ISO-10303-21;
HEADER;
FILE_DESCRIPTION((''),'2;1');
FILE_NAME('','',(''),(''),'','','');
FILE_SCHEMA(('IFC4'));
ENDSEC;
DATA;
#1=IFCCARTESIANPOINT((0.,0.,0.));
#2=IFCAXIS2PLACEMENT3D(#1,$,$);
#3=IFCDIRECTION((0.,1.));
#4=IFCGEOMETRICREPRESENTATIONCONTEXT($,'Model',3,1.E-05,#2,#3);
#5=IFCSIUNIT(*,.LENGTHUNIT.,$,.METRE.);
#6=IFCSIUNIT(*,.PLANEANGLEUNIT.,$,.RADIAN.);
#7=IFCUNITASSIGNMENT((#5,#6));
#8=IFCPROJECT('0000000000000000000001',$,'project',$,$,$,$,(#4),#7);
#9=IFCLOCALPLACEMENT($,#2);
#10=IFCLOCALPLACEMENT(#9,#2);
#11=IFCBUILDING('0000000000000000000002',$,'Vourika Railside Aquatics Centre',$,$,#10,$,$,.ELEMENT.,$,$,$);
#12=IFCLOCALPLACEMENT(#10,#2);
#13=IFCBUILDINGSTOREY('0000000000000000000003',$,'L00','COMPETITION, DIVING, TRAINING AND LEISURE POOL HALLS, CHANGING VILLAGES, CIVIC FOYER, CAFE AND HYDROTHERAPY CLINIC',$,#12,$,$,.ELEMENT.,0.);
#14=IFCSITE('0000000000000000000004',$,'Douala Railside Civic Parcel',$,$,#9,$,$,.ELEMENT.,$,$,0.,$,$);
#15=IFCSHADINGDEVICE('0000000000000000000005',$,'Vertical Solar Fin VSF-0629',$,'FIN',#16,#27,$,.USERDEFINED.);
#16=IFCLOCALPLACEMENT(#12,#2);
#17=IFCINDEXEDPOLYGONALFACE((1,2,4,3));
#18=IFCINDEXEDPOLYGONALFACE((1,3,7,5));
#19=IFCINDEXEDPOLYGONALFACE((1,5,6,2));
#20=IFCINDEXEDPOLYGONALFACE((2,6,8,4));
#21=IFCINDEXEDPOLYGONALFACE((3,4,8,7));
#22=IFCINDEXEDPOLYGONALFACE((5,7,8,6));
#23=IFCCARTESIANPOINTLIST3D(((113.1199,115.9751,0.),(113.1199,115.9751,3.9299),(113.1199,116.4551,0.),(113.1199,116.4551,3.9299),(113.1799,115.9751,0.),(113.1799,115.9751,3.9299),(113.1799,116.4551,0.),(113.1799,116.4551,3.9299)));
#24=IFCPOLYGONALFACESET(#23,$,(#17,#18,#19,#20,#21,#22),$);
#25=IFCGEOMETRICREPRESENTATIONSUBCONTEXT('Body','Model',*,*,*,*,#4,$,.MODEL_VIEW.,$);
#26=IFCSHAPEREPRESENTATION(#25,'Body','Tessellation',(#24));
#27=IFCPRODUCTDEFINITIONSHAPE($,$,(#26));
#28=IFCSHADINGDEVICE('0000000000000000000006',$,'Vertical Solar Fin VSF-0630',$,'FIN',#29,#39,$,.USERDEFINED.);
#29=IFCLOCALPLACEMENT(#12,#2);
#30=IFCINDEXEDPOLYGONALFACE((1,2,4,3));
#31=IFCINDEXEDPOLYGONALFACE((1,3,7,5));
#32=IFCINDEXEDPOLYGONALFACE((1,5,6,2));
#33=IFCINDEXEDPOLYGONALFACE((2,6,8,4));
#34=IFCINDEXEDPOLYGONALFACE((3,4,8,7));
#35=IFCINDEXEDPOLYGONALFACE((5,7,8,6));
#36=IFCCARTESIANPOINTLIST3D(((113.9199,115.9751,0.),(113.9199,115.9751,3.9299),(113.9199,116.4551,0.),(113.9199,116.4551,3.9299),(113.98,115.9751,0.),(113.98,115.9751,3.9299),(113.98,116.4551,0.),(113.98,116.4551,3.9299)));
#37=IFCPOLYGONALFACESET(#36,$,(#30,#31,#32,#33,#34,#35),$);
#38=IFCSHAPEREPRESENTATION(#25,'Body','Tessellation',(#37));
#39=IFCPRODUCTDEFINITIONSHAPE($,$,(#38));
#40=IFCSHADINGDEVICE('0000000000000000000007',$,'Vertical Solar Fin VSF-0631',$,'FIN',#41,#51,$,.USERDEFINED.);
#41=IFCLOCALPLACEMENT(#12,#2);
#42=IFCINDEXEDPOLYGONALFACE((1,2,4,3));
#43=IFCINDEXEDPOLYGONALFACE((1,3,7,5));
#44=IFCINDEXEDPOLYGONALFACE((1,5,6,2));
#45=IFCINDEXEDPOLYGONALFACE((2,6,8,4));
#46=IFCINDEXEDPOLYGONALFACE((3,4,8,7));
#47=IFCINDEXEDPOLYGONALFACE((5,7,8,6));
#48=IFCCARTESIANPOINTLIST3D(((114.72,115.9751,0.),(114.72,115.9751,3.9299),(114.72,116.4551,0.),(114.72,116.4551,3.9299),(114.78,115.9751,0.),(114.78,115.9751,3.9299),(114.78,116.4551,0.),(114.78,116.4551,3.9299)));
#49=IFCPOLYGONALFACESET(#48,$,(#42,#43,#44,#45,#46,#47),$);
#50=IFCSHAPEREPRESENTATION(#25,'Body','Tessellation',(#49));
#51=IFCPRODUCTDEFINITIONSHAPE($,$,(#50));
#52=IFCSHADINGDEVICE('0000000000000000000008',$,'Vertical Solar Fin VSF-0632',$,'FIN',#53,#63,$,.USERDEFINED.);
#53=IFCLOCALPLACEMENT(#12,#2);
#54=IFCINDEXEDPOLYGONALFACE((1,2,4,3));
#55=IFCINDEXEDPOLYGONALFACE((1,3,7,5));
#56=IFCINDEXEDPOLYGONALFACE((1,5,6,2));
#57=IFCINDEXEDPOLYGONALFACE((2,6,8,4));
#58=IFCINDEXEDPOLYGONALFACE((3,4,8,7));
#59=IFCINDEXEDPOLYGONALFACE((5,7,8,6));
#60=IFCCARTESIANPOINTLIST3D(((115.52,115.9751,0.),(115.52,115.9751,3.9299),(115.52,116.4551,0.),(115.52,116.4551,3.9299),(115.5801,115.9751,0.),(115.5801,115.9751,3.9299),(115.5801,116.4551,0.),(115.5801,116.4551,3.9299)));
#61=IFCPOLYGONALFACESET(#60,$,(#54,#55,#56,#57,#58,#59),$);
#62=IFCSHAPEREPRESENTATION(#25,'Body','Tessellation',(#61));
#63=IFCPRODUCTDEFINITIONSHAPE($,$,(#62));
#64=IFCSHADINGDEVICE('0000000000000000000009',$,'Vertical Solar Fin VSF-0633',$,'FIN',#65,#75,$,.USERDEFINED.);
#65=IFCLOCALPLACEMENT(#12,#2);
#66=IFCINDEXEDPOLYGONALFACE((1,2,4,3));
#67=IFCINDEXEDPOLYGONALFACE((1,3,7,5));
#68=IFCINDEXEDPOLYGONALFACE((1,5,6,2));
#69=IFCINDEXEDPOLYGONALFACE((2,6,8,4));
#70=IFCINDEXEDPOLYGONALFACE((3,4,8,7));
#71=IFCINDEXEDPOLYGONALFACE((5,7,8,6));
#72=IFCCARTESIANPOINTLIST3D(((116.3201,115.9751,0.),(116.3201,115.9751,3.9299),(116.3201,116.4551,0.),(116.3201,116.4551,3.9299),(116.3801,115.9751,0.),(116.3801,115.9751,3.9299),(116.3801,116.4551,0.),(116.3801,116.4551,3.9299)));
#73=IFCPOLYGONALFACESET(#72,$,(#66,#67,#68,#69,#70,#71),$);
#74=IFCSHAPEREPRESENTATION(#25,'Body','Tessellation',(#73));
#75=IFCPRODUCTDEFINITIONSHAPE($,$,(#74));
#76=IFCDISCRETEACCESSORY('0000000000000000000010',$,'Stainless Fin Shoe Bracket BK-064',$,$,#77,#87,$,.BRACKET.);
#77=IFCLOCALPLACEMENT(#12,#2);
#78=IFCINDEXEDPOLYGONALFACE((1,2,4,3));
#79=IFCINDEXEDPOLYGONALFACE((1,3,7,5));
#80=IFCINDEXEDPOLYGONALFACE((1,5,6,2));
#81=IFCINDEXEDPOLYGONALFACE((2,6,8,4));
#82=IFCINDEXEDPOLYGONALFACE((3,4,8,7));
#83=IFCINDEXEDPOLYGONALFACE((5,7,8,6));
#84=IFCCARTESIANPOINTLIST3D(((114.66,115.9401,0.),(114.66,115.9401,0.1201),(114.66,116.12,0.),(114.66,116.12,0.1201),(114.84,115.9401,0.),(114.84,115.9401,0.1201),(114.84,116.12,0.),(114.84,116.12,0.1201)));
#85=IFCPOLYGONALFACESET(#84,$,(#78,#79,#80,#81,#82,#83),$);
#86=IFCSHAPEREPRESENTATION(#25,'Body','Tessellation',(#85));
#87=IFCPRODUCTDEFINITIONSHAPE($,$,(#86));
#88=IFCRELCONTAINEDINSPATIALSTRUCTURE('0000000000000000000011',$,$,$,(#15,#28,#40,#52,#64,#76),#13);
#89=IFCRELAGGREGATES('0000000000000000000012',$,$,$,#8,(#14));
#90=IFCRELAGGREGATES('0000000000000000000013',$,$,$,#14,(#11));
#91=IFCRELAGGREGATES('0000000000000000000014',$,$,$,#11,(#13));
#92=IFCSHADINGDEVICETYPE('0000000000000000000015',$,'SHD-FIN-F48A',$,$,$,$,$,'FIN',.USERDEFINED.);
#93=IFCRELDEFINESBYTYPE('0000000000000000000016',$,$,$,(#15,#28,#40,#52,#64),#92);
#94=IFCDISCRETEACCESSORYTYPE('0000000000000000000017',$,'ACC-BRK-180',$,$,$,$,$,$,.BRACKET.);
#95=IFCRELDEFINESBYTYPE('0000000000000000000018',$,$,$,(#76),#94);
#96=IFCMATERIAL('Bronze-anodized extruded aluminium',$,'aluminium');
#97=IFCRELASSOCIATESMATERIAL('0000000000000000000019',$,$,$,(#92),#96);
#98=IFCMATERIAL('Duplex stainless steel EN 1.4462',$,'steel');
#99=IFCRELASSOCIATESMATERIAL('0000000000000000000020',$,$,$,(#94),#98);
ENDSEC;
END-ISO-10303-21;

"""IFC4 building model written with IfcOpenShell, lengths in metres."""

from ifc_helpers import new_model, si_unit, direction, frame, origin, origin_2d, place, context, subcontext, project, spatial, rectangle, extrude, material, material_profile, profile_set, type_object, element, save


model = new_model("IFC4")

# Units and contexts
model_context = context("Model", 3, precision=1e-05, world=origin(), true_north=direction((0.0, 1.0)))
body_context = subcontext(model_context, "Body", "Model", "MODEL_VIEW")
ifc_project = project(units=[si_unit("LENGTHUNIT", "METRE"), si_unit("PLANEANGLEUNIT", "RADIAN")], contexts=[model_context])

# Site, building, storey
site_placement = place(None, origin())
site = spatial("IfcSite", under=ifc_project, at=site_placement, Name="Douala Railside Civic Parcel", CompositionType="ELEMENT", RefElevation=0.0)
building_placement = place(site_placement, origin())
building = spatial("IfcBuilding", under=site, at=building_placement, Name="Vourika Railside Aquatics Centre", CompositionType="ELEMENT")
storey_placement = place(building_placement, origin())
storey = spatial("IfcBuildingStorey", under=building, at=storey_placement, Name="L00", Description="COMPETITION, DIVING, TRAINING AND LEISURE POOL HALLS, CHANGING VILLAGES, CIVIC FOYER, CAFE AND HYDROTHERAPY CLINIC", CompositionType="ELEMENT", Elevation=0.0)

# Shading devices
ifc_material_1 = material(Name="Bronze-anodized extruded aluminium", Category="aluminium")
ifc_material_profile_1 = material_profile(ifc_material_1, rectangle(XDim=0.0601, YDim=0.48, at=origin_2d()), Name="ALU-FIN 60x480")
ifc_profile_set_1 = profile_set([ifc_material_profile_1], Name="Bronze-anodized extruded aluminium")
shading_device_type = type_object("IfcShadingDeviceType", Name="SHD-FIN-F48A", ElementType="FIN", PredefinedType="USERDEFINED", material=ifc_profile_set_1)
for number, where, z_axis, x_axis, name in (
    (1, (113.1499, 116.2151, 0.0), (0.0, 0.0, 1.0), (1.0, 0.0, 0.0), "Vertical Solar Fin VSF-0629"),
    (2, (113.95, 116.2151, 0.0), (0.0, 0.0, 1.0), (1.0, 0.0, 0.0), "Vertical Solar Fin VSF-0630"),
    (3, (114.75, 116.2151, 0.0), (0.0, 0.0, 1.0), (1.0, 0.0, 0.0), "Vertical Solar Fin VSF-0631"),
    (4, (115.55, 116.2151, 0.0), (0.0, 0.0, 1.0), (1.0, 0.0, 0.0), "Vertical Solar Fin VSF-0632"),
    (5, (116.3501, 116.2151, 0.0), (0.0, 0.0, 1.0), (1.0, 0.0, 0.0), "Vertical Solar Fin VSF-0633"),
):
    element("IfcShadingDevice", number, at=place(storey_placement, frame(where, z_axis=z_axis, x_axis=x_axis)), inside=storey, type_object=shading_device_type, Name=name, ObjectType="FIN", PredefinedType="USERDEFINED", context=body_context, shape_type="SweptSolid", body=[
        extrude(rectangle(XDim=0.0601, YDim=0.48, at=origin_2d()), origin(), (0.0, 0.0, 1.0), 3.9299),
    ])

# Discrete accessory
ifc_material_2 = material(Name="Duplex stainless steel EN 1.4462", Category="steel")
discrete_accessory_type = type_object("IfcDiscreteAccessoryType", Name="ACC-BRK-180", PredefinedType="BRACKET", material=ifc_material_2)
discrete_accessory_placement = place(storey_placement, frame((114.75, 116.03, 0.0), z_axis=(0.0, 0.0, 1.0), x_axis=(0.0, 1.0, 0.0)))
element("IfcDiscreteAccessory", 6, at=discrete_accessory_placement, inside=storey, type_object=discrete_accessory_type, Name="Stainless Fin Shoe Bracket BK-064", PredefinedType="BRACKET", context=body_context, shape_type="SweptSolid", body=[
    extrude(rectangle(XDim=0.1799, YDim=0.1799, at=origin_2d()), origin(), (0.0, 0.0, 1.0), 0.1201),
])

save(model, "model.ifc")
